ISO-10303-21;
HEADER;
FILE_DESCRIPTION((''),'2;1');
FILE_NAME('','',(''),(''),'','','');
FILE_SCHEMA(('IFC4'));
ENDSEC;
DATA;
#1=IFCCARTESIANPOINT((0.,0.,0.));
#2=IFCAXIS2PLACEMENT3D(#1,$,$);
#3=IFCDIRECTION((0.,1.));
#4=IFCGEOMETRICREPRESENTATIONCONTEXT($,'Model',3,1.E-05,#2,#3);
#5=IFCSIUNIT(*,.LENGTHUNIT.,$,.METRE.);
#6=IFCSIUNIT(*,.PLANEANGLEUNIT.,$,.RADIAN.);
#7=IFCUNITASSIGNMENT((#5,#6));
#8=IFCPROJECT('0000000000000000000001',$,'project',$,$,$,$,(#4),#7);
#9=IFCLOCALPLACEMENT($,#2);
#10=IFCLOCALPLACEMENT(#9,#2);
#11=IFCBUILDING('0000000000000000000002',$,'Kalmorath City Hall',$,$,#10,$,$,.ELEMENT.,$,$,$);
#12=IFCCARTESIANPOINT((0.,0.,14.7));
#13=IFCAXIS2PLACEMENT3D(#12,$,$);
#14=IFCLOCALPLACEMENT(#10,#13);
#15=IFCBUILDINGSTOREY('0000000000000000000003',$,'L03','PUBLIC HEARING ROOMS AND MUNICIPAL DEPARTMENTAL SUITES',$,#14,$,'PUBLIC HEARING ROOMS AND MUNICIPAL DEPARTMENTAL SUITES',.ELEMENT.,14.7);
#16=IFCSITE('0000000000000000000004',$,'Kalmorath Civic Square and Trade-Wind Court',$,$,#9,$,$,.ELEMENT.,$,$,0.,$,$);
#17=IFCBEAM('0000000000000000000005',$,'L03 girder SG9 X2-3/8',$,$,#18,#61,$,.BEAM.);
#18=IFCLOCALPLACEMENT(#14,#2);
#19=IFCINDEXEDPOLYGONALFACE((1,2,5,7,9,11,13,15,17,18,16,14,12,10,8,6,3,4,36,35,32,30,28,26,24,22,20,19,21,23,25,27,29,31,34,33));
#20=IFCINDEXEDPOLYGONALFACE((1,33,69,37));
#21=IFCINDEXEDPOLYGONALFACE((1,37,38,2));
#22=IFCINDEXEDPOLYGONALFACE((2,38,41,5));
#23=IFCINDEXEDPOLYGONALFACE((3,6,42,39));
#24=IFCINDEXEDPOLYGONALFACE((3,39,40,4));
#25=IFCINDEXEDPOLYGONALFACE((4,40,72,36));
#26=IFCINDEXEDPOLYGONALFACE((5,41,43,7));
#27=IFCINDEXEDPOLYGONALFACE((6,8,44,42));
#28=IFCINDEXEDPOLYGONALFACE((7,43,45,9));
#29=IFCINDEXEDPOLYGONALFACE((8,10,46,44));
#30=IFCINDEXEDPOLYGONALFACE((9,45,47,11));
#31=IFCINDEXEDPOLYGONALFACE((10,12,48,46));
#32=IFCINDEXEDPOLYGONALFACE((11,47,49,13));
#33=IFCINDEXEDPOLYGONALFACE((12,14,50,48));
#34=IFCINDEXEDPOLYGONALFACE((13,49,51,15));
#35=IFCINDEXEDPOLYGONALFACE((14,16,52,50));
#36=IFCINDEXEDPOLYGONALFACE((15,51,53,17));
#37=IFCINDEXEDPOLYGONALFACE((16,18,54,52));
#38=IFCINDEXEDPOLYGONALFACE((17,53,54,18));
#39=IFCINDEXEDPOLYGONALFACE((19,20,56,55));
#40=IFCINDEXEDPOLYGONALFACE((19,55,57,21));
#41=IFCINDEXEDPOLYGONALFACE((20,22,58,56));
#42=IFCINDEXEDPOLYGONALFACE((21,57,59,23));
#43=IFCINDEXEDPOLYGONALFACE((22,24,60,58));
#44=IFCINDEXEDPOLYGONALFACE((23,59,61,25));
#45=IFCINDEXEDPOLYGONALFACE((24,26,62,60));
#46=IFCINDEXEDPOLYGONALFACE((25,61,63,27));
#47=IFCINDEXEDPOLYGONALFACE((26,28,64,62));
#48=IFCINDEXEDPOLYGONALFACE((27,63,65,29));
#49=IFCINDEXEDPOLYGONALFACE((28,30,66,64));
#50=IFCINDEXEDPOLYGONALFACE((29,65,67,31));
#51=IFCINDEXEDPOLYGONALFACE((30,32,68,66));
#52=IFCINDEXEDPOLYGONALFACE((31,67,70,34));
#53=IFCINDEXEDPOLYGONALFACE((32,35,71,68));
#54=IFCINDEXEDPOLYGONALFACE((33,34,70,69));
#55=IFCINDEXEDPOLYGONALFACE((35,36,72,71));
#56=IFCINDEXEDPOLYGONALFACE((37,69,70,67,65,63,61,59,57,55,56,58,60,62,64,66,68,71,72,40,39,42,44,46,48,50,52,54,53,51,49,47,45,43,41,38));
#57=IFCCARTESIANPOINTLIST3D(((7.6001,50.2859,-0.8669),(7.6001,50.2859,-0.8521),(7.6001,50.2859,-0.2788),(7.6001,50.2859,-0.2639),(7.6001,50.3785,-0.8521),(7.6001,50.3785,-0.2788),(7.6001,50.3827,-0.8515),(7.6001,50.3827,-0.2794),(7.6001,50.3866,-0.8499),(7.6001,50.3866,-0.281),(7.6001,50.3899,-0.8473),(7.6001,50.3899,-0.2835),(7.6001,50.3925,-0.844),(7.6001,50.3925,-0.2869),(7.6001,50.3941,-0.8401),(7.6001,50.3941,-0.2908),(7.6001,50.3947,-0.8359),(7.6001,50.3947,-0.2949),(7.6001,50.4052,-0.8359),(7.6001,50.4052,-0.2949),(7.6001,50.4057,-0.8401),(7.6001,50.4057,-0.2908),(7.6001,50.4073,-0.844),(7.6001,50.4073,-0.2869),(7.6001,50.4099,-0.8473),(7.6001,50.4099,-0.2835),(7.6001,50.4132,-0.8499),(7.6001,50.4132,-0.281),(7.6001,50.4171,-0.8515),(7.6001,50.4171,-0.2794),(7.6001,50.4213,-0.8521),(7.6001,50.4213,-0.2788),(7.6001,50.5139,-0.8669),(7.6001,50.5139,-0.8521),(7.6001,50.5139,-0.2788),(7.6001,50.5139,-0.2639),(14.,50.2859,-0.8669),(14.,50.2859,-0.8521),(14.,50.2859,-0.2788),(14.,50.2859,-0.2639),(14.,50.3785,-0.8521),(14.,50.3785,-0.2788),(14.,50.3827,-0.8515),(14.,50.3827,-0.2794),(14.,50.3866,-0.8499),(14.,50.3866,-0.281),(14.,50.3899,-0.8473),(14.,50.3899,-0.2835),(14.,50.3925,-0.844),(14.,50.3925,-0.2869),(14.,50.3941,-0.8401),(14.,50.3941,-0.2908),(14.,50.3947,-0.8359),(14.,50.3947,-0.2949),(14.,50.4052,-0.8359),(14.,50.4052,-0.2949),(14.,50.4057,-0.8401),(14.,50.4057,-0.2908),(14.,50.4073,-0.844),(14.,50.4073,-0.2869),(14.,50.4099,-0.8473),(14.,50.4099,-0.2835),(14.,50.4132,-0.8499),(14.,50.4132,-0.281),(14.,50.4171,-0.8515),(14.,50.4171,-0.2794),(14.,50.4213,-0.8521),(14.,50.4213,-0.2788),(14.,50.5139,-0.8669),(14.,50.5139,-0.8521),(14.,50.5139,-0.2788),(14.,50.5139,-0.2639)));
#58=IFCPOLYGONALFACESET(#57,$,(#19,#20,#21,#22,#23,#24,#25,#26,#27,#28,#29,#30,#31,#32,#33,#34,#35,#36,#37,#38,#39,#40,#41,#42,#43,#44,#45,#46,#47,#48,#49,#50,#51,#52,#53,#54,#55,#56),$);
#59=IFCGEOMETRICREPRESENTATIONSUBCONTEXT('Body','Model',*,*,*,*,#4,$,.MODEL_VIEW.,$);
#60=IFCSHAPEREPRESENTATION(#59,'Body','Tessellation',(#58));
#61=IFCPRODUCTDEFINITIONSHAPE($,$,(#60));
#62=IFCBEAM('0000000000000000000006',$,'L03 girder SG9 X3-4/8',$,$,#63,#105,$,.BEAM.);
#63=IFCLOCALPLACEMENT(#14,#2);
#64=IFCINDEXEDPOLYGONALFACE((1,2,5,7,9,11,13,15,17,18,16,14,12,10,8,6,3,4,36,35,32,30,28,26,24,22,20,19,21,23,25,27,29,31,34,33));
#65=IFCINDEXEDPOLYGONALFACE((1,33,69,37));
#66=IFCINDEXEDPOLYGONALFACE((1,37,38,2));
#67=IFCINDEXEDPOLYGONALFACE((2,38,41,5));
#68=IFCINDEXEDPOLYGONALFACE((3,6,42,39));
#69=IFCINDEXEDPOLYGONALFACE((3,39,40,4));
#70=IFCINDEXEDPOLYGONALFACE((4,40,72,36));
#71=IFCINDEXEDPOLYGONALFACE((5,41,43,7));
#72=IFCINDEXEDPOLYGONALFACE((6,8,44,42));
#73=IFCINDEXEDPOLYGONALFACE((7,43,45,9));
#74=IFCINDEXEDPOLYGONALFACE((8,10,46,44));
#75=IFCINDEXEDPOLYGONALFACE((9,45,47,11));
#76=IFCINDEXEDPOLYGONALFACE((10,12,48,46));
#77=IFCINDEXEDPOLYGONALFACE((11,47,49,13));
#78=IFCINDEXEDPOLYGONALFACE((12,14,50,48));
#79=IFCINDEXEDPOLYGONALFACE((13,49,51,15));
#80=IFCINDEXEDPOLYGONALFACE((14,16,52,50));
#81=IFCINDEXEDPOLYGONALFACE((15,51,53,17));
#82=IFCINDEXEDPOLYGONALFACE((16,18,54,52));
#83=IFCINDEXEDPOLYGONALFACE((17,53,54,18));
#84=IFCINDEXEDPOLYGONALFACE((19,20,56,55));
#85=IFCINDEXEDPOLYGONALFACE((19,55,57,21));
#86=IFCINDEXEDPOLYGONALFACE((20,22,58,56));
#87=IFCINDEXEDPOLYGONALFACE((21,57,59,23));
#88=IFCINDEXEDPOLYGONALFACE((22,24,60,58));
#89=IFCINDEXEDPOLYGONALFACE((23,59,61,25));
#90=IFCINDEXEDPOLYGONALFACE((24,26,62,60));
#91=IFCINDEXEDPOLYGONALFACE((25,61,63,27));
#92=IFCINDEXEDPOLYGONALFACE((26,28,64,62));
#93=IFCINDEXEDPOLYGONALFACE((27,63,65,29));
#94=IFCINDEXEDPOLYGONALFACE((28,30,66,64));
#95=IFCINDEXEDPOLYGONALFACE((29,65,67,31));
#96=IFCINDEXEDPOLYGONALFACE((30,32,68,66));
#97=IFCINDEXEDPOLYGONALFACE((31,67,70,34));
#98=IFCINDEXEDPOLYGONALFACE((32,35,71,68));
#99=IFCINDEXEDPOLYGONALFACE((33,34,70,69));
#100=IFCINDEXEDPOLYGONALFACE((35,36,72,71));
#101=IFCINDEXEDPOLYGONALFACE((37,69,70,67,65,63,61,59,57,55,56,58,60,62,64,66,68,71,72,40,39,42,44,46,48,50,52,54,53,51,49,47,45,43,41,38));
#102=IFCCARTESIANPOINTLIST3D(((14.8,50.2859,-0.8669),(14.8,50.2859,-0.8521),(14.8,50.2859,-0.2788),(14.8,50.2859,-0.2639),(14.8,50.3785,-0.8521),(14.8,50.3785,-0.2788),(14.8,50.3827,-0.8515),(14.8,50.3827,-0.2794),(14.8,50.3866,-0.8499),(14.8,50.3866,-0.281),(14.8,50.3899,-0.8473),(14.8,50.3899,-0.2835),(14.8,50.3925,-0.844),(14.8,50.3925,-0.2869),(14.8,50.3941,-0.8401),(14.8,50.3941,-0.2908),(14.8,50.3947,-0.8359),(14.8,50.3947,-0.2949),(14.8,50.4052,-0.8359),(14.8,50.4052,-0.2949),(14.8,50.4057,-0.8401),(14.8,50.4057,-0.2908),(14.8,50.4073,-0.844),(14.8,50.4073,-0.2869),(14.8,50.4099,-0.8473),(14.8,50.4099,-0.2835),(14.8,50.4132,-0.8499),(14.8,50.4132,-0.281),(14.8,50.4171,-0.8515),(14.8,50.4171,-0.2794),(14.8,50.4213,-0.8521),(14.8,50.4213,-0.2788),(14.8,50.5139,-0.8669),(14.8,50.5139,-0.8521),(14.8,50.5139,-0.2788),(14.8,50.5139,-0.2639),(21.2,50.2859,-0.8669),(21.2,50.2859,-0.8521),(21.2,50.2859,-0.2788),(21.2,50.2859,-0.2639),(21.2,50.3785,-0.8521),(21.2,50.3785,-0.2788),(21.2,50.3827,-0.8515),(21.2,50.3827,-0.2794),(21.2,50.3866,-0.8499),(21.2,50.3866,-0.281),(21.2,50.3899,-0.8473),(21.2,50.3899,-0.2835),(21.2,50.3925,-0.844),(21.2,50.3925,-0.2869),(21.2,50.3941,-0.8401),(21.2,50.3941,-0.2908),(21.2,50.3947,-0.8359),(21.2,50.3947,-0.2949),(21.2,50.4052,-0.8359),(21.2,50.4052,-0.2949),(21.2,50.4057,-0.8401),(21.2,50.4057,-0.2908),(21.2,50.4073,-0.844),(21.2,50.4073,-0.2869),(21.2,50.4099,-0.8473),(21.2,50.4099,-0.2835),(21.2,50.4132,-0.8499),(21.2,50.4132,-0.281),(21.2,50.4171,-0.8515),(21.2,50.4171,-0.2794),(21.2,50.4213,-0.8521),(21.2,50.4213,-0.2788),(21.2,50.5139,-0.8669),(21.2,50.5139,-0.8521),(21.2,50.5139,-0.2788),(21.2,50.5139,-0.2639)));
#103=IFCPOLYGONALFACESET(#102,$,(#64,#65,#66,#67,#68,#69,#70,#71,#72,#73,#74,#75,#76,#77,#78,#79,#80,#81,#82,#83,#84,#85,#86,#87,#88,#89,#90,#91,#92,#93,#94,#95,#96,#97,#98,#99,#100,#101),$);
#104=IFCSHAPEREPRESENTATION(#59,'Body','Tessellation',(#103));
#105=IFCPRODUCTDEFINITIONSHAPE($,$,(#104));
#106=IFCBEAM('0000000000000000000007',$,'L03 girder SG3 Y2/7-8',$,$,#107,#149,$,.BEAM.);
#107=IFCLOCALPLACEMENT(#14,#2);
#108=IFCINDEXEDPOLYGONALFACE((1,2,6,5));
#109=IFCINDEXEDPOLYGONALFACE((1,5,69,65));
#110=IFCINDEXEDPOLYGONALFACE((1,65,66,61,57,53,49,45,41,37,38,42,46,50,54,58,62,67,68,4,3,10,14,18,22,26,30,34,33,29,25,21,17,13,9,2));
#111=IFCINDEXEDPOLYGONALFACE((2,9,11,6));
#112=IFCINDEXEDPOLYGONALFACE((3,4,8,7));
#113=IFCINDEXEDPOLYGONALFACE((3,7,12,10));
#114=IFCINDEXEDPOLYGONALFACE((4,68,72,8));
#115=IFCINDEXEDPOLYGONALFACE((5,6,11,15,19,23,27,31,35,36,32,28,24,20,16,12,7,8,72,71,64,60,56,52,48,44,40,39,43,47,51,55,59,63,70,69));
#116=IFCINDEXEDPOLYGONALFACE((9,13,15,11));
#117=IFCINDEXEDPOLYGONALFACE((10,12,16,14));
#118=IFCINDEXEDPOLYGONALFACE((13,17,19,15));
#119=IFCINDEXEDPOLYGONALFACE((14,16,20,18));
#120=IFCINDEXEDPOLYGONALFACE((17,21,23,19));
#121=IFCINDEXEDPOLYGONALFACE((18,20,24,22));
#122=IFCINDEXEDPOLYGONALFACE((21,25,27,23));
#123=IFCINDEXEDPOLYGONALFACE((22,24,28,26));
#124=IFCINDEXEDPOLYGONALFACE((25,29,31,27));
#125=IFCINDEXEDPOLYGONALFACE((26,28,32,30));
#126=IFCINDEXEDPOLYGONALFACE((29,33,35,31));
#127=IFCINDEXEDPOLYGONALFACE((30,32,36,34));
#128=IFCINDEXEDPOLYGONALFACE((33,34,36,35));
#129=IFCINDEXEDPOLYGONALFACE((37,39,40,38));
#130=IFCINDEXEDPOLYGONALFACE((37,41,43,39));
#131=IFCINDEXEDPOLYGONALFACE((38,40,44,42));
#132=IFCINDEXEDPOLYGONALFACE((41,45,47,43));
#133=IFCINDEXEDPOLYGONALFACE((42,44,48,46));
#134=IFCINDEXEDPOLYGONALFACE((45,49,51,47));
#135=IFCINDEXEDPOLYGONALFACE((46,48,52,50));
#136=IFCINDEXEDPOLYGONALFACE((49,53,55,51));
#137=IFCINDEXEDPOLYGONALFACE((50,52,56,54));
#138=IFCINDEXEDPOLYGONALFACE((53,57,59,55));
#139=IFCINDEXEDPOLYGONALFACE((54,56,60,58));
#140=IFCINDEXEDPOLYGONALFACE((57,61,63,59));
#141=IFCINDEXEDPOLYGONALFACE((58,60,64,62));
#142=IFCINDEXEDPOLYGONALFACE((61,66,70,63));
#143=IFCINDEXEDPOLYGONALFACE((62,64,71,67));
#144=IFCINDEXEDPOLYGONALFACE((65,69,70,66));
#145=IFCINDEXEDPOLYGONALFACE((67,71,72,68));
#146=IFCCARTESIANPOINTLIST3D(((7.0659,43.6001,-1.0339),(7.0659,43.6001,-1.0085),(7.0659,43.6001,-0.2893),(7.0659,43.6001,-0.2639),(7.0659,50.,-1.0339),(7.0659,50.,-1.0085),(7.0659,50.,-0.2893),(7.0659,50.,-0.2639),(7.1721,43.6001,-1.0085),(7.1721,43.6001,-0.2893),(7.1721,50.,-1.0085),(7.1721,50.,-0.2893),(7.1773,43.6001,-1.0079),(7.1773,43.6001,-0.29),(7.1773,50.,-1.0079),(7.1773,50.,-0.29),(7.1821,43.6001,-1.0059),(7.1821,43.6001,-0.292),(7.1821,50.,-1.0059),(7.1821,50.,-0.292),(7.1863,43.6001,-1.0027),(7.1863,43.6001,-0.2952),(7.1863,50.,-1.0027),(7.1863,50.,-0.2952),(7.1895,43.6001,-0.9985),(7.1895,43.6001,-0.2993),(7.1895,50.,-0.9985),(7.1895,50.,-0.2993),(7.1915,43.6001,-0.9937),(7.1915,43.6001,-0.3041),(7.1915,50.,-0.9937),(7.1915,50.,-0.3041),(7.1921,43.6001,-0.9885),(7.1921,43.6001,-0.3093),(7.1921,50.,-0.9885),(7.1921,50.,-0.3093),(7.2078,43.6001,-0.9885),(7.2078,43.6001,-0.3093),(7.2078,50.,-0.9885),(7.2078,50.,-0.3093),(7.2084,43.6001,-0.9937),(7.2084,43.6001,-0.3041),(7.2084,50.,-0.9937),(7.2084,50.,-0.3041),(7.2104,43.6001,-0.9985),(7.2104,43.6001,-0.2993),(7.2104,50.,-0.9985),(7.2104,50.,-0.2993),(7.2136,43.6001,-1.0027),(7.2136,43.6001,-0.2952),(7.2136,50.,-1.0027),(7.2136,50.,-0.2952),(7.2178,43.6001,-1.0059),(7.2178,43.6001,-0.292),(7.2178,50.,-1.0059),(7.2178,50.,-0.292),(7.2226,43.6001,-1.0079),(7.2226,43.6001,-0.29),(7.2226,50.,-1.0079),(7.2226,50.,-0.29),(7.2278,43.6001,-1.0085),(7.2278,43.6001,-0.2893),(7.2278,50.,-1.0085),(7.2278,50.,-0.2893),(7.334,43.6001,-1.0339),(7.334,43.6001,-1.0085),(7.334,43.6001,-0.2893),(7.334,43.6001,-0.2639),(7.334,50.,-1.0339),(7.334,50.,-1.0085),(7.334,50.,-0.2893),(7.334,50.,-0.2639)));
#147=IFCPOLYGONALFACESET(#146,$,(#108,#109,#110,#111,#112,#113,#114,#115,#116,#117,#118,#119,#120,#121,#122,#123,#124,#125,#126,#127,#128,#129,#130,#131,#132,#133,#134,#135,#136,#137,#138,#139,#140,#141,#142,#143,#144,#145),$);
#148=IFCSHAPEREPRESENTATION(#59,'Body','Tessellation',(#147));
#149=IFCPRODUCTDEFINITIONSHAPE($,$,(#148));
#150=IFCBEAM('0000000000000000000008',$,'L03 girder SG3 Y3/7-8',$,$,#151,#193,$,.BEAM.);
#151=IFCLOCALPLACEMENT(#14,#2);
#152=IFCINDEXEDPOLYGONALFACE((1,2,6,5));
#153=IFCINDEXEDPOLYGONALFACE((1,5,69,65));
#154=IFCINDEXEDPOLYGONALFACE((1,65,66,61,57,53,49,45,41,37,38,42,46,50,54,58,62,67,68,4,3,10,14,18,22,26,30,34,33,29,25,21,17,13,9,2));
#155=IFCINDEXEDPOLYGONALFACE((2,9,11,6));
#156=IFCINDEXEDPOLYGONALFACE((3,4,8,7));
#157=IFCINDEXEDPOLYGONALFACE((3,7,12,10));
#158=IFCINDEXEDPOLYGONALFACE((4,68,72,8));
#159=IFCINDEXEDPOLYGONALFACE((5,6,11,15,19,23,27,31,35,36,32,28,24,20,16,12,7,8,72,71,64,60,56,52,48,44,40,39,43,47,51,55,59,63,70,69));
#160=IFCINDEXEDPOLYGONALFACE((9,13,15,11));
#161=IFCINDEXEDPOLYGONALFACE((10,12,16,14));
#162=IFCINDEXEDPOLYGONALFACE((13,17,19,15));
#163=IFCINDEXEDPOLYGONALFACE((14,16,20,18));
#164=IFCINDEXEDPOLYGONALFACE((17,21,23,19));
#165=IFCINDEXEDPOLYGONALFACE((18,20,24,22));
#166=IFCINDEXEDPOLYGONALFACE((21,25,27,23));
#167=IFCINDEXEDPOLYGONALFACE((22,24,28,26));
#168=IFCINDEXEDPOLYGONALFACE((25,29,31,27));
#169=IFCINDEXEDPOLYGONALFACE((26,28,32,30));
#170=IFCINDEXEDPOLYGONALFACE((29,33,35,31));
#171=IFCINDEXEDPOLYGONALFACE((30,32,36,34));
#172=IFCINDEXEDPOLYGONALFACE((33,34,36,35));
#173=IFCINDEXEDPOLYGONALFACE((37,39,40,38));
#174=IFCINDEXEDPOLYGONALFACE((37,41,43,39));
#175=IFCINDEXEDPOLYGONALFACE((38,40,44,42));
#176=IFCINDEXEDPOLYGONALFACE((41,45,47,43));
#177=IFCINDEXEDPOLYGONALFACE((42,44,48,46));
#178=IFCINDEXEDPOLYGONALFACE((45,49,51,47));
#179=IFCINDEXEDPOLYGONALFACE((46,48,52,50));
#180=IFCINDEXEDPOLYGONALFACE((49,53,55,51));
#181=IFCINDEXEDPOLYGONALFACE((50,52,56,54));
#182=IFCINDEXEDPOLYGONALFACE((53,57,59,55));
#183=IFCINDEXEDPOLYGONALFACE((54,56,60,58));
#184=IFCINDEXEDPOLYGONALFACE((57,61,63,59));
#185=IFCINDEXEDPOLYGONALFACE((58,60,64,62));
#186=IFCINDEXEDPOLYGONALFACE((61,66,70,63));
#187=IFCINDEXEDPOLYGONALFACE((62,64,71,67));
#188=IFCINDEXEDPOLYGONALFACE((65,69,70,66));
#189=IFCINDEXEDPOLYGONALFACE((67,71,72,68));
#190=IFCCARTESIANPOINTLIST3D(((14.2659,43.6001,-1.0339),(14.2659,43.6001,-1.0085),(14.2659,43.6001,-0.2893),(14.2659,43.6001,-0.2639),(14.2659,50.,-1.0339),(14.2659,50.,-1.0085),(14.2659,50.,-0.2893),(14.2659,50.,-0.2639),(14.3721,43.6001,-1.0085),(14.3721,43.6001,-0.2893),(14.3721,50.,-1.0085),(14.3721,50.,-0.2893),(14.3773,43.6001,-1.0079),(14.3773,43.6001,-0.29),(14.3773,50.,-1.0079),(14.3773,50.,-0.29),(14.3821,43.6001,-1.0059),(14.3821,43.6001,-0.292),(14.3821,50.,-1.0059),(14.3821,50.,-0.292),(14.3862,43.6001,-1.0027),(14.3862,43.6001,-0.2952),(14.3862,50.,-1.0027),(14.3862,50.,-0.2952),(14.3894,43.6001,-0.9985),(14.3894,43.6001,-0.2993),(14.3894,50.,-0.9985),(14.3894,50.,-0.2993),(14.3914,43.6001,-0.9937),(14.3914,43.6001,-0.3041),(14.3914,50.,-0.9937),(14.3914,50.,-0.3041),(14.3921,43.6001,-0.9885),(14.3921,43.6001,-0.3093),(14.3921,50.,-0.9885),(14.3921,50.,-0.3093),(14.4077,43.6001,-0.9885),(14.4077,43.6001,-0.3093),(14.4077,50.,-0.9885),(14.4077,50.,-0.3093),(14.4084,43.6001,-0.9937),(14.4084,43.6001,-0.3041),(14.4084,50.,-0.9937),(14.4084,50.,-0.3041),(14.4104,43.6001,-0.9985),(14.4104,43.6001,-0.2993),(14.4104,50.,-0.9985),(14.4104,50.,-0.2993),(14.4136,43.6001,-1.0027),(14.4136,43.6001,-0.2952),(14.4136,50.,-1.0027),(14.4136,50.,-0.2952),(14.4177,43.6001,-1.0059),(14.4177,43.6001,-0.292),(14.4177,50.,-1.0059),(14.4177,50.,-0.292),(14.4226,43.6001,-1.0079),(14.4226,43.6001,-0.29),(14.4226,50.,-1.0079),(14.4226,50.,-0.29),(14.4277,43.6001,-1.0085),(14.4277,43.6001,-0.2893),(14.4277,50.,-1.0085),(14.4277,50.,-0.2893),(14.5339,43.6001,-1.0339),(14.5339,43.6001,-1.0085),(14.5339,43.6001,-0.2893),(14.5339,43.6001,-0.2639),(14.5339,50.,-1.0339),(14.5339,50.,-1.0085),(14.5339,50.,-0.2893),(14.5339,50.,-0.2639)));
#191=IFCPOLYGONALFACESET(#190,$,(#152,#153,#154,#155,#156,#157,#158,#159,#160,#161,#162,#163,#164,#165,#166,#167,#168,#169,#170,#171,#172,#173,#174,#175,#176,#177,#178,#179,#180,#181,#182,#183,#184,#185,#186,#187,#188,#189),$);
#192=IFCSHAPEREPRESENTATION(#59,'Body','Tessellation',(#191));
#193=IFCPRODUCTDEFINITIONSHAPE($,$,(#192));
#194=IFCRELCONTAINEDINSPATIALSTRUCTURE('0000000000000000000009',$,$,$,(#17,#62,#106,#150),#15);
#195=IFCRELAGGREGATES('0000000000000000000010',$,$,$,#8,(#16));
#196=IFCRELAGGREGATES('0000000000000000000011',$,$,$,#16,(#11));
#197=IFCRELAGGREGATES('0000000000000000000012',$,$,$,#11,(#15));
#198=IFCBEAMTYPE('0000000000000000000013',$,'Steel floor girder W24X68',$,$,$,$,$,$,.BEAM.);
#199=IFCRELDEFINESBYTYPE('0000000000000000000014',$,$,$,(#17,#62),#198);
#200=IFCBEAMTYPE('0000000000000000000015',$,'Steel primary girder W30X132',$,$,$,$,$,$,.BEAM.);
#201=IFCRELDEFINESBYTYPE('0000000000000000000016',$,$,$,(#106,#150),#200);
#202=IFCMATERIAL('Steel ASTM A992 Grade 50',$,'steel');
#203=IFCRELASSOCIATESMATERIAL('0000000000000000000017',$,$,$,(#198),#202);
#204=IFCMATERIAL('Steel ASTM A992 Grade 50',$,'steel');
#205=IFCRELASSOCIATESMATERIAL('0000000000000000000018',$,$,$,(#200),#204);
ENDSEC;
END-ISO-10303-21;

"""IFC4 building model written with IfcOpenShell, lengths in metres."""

from ifc_helpers import new_model, si_unit, direction, frame, origin, origin_2d, place, context, subcontext, project, spatial, i_section, extrude, material, material_profile, profile_set, type_object, element, save


model = new_model("IFC4")

# Units and contexts
model_context = context("Model", 3, precision=1e-05, world=origin(), true_north=direction((0.0, 1.0)))
body_context = subcontext(model_context, "Body", "Model", "MODEL_VIEW")
ifc_project = project(units=[si_unit("LENGTHUNIT", "METRE"), si_unit("PLANEANGLEUNIT", "RADIAN")], contexts=[model_context])

# Site, building, storey
site_placement = place(None, origin())
site = spatial("IfcSite", under=ifc_project, at=site_placement, Name="Kalmorath Civic Square and Trade-Wind Court", CompositionType="ELEMENT", RefElevation=0.0)
building_placement = place(site_placement, origin())
building = spatial("IfcBuilding", under=site, at=building_placement, Name="Kalmorath City Hall", CompositionType="ELEMENT")
storey_placement = place(building_placement, frame((0.0, 0.0, 14.7)))
storey = spatial("IfcBuildingStorey", under=building, at=storey_placement, Name="L03", Description="PUBLIC HEARING ROOMS AND MUNICIPAL DEPARTMENTAL SUITES", LongName="PUBLIC HEARING ROOMS AND MUNICIPAL DEPARTMENTAL SUITES", CompositionType="ELEMENT", Elevation=14.7)

# Beams
ifc_material_1 = material(Name="Steel ASTM A992 Grade 50", Category="steel")
ifc_material_profile_1 = material_profile(ifc_material_1, i_section(OverallWidth=0.228, OverallDepth=0.603, WebThickness=0.0105, FlangeThickness=0.0149, FilletRadius=0.0161, at=origin_2d()), Name="W24X68")
ifc_profile_set_1 = profile_set([ifc_material_profile_1], Name="Steel ASTM A992 Grade 50")
beam_type_1 = type_object("IfcBeamType", Name="Steel floor girder W24X68", PredefinedType="BEAM", material=ifc_profile_set_1)
for number, where, z_axis, x_axis, name in (
    (1, (7.6001, 50.3999, -0.5654), (1.0, 0.0, 0.0), (0.0, 1.0, 0.0), "L03 girder SG9 X2-3/8"),
    (2, (14.8, 50.3999, -0.5654), (1.0, 0.0, 0.0), (0.0, 1.0, 0.0), "L03 girder SG9 X3-4/8"),
):
    element("IfcBeam", number, at=place(storey_placement, frame(where, z_axis=z_axis, x_axis=x_axis)), inside=storey, type_object=beam_type_1, Name=name, PredefinedType="BEAM", context=body_context, shape_type="SweptSolid", body=[
        extrude(i_section(OverallWidth=0.228, OverallDepth=0.603, WebThickness=0.0105, FlangeThickness=0.0149, FilletRadius=0.0161, at=origin_2d()), origin(), (0.0, 0.0, 1.0), 6.3999),
    ])
ifc_material_2 = material(Name="Steel ASTM A992 Grade 50", Category="steel")
ifc_material_profile_2 = material_profile(ifc_material_2, i_section(OverallWidth=0.2681, OverallDepth=0.77, WebThickness=0.0156, FlangeThickness=0.0254, FilletRadius=0.02, at=origin_2d()), Name="W30X132")
ifc_profile_set_2 = profile_set([ifc_material_profile_2], Name="Steel ASTM A992 Grade 50")
beam_type_2 = type_object("IfcBeamType", Name="Steel primary girder W30X132", PredefinedType="BEAM", material=ifc_profile_set_2)
for number, where, z_axis, x_axis, name in (
    (3, (7.2, 43.6001, -0.6489), (0.0, 1.0, 0.0), (-1.0, 0.0, 0.0), "L03 girder SG3 Y2/7-8"),
    (4, (14.3999, 43.6001, -0.6489), (0.0, 1.0, 0.0), (-1.0, 0.0, 0.0), "L03 girder SG3 Y3/7-8"),
):
    element("IfcBeam", number, at=place(storey_placement, frame(where, z_axis=z_axis, x_axis=x_axis)), inside=storey, type_object=beam_type_2, Name=name, PredefinedType="BEAM", context=body_context, shape_type="SweptSolid", body=[
        extrude(i_section(OverallWidth=0.2681, OverallDepth=0.77, WebThickness=0.0156, FlangeThickness=0.0254, FilletRadius=0.02, at=origin_2d()), origin(), (0.0, 0.0, 1.0), 6.3999),
    ])

save(model, "model.ifc")
